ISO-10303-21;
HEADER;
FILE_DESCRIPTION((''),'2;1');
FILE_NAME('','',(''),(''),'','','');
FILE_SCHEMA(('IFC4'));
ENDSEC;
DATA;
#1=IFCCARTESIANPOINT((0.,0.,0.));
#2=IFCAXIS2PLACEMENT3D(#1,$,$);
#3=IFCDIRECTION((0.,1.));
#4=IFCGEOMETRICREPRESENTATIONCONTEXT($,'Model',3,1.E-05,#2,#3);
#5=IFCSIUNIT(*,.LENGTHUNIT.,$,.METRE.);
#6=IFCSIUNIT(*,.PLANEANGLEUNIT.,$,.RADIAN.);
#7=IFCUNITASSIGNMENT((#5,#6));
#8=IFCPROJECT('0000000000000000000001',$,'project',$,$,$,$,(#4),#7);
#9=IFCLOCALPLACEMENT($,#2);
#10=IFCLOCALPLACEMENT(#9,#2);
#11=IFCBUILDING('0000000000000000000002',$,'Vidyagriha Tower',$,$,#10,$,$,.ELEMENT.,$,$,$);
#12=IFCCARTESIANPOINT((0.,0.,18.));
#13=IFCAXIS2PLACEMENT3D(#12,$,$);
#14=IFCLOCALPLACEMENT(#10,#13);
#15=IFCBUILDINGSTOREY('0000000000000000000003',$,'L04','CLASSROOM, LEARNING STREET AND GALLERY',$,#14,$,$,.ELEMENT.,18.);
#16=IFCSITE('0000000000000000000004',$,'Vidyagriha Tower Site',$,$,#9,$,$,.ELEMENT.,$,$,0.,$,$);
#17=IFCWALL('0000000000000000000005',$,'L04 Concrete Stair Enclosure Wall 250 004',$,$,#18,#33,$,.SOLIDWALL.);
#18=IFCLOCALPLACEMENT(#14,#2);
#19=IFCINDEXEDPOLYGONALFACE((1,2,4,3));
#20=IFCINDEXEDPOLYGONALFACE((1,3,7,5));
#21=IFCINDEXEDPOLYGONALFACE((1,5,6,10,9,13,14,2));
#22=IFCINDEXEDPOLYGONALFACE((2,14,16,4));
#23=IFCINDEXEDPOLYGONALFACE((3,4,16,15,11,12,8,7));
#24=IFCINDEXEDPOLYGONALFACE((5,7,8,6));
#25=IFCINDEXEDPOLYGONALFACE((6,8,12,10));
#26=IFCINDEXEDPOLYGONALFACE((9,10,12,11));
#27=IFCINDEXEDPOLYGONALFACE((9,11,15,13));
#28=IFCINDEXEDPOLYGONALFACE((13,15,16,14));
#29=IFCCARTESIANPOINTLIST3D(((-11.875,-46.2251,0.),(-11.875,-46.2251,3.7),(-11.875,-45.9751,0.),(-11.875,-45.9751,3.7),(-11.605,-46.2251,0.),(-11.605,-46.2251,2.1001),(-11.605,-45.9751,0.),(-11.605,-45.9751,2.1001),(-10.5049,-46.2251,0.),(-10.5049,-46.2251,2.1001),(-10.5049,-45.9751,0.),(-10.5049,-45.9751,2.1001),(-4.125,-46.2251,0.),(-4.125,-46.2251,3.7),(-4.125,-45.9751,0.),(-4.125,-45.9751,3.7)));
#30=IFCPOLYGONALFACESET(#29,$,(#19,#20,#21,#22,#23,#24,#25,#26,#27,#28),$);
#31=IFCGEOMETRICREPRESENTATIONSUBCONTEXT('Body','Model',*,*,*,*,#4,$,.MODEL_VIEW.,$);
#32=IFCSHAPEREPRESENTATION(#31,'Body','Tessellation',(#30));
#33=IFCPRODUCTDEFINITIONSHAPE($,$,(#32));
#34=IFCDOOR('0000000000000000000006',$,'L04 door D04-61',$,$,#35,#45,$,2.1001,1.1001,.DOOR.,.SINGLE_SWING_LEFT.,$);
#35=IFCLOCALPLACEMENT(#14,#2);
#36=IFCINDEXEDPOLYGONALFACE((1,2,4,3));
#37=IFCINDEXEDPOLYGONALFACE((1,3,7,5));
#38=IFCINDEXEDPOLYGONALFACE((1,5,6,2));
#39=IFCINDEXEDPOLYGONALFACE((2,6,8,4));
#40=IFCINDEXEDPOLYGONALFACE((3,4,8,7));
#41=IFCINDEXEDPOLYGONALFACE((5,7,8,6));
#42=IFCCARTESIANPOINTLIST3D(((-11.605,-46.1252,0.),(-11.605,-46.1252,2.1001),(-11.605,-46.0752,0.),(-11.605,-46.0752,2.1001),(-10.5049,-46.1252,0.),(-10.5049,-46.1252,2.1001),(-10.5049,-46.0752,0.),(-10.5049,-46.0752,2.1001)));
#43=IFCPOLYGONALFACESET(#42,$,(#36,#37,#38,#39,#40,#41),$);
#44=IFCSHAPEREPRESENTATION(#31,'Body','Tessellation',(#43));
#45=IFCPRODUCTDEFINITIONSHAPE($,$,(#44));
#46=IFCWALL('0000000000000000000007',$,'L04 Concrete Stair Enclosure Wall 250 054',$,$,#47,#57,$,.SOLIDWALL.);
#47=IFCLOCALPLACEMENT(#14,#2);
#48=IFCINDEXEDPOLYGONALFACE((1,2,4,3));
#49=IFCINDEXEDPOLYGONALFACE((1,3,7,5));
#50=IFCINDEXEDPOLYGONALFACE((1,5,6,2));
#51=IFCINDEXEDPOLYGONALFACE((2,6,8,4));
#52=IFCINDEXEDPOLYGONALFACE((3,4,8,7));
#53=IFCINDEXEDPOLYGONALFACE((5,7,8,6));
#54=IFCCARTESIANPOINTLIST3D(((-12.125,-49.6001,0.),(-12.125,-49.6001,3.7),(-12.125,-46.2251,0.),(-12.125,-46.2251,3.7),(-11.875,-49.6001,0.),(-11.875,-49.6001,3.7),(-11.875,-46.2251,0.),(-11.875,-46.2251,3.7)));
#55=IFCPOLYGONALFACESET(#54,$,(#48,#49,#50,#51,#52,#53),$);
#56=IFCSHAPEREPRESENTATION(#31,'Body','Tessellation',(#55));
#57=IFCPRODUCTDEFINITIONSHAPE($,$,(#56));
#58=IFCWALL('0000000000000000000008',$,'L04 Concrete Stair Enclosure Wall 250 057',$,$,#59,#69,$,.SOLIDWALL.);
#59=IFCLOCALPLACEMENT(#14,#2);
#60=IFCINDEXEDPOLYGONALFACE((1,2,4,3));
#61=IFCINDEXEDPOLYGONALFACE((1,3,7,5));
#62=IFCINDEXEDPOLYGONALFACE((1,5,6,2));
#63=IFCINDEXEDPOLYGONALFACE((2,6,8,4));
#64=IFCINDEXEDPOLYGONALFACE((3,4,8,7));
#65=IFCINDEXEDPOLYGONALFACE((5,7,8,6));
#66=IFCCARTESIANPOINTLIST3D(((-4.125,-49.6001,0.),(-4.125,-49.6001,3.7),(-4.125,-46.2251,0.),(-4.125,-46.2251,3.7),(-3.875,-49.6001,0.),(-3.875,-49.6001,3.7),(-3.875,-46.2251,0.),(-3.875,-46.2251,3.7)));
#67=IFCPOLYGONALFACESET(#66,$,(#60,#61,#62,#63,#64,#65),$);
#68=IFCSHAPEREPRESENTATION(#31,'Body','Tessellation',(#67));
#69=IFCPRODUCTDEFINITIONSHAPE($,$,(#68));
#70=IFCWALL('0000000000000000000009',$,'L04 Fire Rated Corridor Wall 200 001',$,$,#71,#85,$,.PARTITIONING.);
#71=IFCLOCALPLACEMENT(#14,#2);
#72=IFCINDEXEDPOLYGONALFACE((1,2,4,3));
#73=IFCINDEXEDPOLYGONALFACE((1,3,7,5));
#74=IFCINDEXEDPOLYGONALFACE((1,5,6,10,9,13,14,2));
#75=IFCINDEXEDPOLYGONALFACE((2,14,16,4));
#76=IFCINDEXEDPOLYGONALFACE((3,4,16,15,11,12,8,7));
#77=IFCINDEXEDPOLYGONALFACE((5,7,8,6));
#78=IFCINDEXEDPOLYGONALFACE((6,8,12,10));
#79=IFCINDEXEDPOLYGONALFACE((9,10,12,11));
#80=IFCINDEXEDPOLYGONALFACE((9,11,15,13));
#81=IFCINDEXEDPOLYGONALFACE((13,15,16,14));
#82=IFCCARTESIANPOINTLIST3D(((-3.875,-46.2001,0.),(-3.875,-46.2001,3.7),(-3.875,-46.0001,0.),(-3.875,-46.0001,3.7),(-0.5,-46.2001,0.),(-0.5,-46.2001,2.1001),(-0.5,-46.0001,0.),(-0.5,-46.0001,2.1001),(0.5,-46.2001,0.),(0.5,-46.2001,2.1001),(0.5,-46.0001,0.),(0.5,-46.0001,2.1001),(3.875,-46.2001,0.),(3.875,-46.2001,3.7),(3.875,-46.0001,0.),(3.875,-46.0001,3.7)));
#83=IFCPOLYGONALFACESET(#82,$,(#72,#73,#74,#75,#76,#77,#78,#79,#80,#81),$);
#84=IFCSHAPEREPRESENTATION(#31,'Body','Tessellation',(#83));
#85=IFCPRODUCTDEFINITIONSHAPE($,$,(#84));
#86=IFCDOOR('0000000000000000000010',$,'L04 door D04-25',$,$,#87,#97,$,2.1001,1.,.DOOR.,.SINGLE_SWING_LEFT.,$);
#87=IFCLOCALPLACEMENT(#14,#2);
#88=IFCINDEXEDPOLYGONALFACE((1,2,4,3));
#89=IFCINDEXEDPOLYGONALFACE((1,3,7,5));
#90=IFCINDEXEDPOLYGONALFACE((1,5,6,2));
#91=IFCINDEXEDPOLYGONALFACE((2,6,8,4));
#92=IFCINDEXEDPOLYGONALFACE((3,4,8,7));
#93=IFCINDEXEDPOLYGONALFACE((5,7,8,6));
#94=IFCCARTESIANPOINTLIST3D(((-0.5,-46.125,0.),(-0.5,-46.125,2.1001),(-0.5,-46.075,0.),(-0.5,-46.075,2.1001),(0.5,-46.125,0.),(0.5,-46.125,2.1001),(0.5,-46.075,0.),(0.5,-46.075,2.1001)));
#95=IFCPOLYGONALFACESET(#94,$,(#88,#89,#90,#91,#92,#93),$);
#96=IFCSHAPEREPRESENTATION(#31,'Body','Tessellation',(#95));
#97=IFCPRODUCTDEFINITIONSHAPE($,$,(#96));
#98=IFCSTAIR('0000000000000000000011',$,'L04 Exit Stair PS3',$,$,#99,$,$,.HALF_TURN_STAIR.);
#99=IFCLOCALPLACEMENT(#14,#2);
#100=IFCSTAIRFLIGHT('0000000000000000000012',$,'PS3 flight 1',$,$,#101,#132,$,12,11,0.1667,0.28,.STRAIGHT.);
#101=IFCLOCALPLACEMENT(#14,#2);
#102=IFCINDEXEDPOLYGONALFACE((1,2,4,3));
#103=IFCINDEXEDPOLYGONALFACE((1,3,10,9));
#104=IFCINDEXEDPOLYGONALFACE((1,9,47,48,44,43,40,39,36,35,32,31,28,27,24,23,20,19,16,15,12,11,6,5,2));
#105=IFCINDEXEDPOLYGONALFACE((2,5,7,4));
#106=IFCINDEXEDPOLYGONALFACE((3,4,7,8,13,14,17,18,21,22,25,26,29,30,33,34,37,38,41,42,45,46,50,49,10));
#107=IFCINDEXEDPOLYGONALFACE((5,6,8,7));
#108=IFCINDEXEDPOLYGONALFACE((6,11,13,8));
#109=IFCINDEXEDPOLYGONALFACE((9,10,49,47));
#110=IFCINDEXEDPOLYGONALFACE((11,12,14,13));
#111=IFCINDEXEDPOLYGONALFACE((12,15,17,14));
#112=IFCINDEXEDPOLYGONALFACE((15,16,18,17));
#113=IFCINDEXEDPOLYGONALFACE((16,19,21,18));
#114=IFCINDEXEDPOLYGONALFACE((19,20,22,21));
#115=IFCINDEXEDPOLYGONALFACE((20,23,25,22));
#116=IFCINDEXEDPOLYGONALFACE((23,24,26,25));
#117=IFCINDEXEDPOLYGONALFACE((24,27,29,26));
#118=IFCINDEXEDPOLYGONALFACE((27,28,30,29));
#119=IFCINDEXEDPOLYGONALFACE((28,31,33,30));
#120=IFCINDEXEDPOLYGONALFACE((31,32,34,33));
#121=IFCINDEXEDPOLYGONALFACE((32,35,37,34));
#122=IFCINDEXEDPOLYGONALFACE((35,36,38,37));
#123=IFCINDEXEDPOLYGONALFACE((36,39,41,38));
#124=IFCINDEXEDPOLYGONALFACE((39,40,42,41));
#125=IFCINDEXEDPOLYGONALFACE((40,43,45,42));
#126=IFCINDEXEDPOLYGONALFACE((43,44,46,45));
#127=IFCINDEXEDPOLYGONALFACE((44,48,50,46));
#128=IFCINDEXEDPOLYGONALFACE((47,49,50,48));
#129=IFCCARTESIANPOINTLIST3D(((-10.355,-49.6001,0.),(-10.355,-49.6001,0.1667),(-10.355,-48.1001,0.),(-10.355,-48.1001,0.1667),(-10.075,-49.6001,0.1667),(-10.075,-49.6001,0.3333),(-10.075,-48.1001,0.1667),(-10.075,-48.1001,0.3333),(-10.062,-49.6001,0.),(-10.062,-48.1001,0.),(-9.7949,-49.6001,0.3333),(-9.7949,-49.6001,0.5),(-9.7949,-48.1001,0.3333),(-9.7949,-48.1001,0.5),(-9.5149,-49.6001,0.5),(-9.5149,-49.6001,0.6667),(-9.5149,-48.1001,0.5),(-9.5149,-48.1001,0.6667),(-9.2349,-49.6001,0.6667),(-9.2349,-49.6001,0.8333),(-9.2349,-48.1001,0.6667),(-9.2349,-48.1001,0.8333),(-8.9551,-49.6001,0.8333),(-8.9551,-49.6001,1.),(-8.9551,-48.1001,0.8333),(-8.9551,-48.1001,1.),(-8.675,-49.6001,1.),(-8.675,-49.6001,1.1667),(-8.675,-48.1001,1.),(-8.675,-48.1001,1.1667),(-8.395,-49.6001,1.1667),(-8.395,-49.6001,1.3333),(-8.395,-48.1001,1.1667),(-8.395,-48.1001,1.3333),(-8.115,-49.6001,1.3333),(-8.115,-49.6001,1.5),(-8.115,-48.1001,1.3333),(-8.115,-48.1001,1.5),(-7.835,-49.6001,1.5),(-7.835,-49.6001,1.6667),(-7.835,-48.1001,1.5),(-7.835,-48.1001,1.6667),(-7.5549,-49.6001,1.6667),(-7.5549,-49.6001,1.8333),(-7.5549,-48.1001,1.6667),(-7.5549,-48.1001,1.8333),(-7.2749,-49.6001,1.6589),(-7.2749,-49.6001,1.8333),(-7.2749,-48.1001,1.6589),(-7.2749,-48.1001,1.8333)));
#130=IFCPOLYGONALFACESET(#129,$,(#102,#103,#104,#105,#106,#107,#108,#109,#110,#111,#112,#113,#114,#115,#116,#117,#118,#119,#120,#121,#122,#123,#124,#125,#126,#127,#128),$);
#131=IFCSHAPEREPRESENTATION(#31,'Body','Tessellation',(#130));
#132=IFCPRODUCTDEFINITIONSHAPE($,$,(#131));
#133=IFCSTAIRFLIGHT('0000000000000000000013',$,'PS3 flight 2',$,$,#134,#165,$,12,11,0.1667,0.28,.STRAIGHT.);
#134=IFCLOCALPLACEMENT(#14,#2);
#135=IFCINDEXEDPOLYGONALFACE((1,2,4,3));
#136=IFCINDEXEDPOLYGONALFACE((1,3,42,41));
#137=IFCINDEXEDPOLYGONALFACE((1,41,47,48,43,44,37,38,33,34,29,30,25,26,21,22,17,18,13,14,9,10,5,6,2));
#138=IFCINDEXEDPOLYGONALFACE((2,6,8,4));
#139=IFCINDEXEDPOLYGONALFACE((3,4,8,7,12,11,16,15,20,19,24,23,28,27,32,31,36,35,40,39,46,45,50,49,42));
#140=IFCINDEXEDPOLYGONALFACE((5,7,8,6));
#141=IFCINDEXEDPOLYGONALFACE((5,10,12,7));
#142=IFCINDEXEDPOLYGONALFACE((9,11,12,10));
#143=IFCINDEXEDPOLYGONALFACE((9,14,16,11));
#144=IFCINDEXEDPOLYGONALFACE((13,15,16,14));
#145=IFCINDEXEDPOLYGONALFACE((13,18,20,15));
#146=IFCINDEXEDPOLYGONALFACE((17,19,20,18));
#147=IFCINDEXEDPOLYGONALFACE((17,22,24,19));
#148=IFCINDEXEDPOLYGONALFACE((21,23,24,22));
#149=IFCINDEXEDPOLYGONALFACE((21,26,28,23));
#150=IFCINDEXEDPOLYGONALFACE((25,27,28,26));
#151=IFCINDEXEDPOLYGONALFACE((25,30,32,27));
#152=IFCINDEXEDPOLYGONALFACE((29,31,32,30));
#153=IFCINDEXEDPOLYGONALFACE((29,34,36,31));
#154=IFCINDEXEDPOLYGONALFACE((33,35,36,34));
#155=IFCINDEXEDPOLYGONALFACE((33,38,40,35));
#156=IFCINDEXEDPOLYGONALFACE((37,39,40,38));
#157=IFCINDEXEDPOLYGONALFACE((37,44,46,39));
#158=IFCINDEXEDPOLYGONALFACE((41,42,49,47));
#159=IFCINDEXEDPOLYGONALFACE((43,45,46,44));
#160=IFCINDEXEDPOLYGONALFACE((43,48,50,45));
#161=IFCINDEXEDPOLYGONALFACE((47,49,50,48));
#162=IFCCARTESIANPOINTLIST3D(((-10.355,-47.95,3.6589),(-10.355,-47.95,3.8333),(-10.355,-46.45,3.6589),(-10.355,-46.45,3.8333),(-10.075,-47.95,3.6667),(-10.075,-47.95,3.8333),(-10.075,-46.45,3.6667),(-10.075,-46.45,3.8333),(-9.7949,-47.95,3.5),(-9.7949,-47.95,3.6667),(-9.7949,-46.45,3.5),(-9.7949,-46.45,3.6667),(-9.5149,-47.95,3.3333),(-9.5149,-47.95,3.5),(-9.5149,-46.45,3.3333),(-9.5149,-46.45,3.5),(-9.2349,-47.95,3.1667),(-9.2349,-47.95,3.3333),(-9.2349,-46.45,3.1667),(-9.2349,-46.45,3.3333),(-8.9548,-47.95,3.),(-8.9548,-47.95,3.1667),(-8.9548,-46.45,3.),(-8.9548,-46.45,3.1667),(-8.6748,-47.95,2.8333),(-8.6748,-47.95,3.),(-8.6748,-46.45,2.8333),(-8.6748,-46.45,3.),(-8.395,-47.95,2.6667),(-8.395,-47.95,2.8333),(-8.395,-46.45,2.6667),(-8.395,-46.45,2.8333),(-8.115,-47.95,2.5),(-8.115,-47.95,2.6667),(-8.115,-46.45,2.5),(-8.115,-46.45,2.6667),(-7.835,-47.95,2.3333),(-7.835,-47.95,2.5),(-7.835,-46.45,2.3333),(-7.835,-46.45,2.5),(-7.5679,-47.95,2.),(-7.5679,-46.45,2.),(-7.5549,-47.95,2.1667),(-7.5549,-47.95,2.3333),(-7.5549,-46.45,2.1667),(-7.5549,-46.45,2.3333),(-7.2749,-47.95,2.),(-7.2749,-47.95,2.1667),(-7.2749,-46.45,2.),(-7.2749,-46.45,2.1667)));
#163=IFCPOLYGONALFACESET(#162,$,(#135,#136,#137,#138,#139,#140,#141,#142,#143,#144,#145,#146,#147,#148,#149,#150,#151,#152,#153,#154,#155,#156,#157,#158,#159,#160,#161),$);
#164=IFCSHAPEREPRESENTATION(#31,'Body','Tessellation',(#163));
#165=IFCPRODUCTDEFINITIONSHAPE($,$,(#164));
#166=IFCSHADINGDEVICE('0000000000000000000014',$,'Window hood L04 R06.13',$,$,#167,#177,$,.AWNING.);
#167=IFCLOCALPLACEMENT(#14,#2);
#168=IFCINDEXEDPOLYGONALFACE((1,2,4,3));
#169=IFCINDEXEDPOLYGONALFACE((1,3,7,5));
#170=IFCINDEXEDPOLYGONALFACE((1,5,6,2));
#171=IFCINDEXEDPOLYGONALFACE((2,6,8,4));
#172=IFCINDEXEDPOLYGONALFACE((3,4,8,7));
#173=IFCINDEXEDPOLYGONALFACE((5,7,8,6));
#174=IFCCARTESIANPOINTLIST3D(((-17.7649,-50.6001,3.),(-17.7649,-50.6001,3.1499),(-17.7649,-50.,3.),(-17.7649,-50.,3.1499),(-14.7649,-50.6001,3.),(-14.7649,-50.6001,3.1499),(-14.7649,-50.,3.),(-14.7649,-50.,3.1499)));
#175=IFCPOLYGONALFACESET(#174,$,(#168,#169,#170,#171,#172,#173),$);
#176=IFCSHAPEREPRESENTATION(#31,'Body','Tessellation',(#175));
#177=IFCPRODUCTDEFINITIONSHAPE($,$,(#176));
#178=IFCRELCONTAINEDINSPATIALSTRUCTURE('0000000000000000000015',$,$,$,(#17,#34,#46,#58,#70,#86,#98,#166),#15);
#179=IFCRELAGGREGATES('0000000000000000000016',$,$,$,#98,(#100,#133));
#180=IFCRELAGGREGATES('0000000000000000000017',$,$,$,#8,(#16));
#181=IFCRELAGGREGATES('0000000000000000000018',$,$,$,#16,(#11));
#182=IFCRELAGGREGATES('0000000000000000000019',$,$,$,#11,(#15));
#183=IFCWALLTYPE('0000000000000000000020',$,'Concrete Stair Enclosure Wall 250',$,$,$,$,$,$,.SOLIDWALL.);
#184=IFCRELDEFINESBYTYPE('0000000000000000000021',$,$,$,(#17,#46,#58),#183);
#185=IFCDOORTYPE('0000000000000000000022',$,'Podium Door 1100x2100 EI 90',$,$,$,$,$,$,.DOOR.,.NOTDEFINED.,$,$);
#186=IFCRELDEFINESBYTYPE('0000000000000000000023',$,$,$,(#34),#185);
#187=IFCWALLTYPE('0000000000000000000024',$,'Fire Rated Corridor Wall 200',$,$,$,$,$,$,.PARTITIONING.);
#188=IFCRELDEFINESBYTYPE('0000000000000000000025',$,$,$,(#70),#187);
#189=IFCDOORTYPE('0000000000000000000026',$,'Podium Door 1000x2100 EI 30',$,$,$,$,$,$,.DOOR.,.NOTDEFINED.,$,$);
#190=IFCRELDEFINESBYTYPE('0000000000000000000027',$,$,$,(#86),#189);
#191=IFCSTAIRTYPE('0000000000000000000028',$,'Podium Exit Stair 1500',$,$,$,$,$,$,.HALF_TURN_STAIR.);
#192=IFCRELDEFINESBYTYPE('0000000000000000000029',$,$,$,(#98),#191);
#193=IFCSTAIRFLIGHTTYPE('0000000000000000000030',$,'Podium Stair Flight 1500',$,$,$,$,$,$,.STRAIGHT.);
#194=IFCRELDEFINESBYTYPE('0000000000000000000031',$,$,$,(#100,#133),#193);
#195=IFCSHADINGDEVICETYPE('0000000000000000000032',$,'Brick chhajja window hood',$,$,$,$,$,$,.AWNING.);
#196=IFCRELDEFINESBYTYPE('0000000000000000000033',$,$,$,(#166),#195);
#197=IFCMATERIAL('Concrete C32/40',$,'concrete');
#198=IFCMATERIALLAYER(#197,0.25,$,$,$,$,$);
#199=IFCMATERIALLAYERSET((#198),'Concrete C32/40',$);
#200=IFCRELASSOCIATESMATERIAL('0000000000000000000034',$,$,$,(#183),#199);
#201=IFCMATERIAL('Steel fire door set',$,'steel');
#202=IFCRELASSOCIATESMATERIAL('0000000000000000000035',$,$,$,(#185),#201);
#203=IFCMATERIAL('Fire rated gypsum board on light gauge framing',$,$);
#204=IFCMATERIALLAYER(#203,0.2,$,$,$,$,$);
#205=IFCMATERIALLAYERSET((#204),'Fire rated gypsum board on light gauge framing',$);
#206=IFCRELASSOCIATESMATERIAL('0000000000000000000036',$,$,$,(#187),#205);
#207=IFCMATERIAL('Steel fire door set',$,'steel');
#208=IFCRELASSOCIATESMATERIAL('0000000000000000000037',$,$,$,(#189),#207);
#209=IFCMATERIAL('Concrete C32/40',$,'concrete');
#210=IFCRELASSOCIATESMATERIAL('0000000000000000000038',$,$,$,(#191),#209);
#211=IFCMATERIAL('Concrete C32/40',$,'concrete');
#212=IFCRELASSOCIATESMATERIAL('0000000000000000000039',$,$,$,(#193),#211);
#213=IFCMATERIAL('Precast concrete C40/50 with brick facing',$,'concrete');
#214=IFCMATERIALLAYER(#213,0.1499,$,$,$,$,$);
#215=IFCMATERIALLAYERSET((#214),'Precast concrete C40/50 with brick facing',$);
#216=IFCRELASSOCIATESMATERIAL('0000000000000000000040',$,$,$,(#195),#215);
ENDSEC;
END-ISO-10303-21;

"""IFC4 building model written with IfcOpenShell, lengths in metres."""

from ifc_helpers import new_model, si_unit, direction, frame, frame_2d, origin, origin_2d, place, context, subcontext, project, spatial, polyline, rectangle, outline, extrude, material, layer, layer_set, type_object, element, fill, aggregate, save


model = new_model("IFC4")

# Units and contexts
model_context = context("Model", 3, precision=1e-05, world=origin(), true_north=direction((0.0, 1.0)))
body_context = subcontext(model_context, "Body", "Model", "MODEL_VIEW")
ifc_project = project(units=[si_unit("LENGTHUNIT", "METRE"), si_unit("PLANEANGLEUNIT", "RADIAN")], contexts=[model_context])

# Site, building, storey
site_placement = place(None, origin())
site = spatial("IfcSite", under=ifc_project, at=site_placement, Name="Vidyagriha Tower Site", CompositionType="ELEMENT", RefElevation=0.0)
building_placement = place(site_placement, origin())
building = spatial("IfcBuilding", under=site, at=building_placement, Name="Vidyagriha Tower", CompositionType="ELEMENT")
storey_placement = place(building_placement, frame((0.0, 0.0, 18.0)))
storey = spatial("IfcBuildingStorey", under=building, at=storey_placement, Name="L04", Description="CLASSROOM, LEARNING STREET AND GALLERY", CompositionType="ELEMENT", Elevation=18.0)

# Wall, opening, door
ifc_material_1 = material(Name="Concrete C32/40", Category="concrete")
ifc_layer_1 = layer(ifc_material_1, 0.25)
ifc_layer_set_1 = layer_set([ifc_layer_1], Name="Concrete C32/40")
wall_type_1 = type_object("IfcWallType", Name="Concrete Stair Enclosure Wall 250", PredefinedType="SOLIDWALL", material=ifc_layer_set_1)
wall_1_placement = place(storey_placement, frame((-11.875, -46.1001, 0.0)))
wall_1 = element("IfcWall", 1, at=wall_1_placement, inside=storey, type_object=wall_type_1, Name="L04 Concrete Stair Enclosure Wall 250 004", PredefinedType="SOLIDWALL", context=body_context, shape_type="SweptSolid", body=[
    extrude(rectangle(XDim=7.75, YDim=0.25, at=frame_2d((3.875, 0.0))), origin(), (0.0, 0.0, 1.0), 3.7),
])
opening_1_placement = place(wall_1_placement, frame((0.27, 0.0, 0.0)))
opening_1 = element("IfcOpeningElement", 2, at=opening_1_placement, cuts=wall_1, PredefinedType="OPENING", context=body_context, shape_type="SweptSolid", body=[
    extrude(rectangle(XDim=1.1001, YDim=2.1001, at=frame_2d((0.55, 1.05))), frame((0.0, 0.135, 0.0), z_axis=(0.0, -1.0, 0.0), x_axis=(1.0, 0.0, 0.0)), (0.0, 0.0, 1.0), 0.27),
])
ifc_material_2 = material(Name="Steel fire door set", Category="steel")
door_type_1 = type_object("IfcDoorType", Name="Podium Door 1100x2100 EI 90", OperationType="NOTDEFINED", PredefinedType="DOOR", material=ifc_material_2)
door_1_placement = place(opening_1_placement, origin())
door_1 = element("IfcDoor", 3, at=door_1_placement, inside=storey, type_object=door_type_1, Name="L04 door D04-61", OperationType="SINGLE_SWING_LEFT", OverallHeight=2.1001, OverallWidth=1.1001, PredefinedType="DOOR", context=body_context, shape_type="SweptSolid", body=[
    extrude(rectangle(XDim=1.1001, YDim=2.1001, at=frame_2d((0.55, 1.05))), frame((0.0, 0.0249, 0.0), z_axis=(0.0, -1.0, 0.0), x_axis=(1.0, 0.0, 0.0)), (0.0, 0.0, 1.0), 0.05),
])
fill(opening_1, door_1)

# Walls
for number, where, z_axis, x_axis, name in (
    (4, (-12.0, -49.6001, 0.0), (0.0, 0.0, 1.0), (0.0, 1.0, 0.0), "L04 Concrete Stair Enclosure Wall 250 054"),
    (5, (-4.0, -49.6001, 0.0), (0.0, 0.0, 1.0), (0.0, 1.0, 0.0), "L04 Concrete Stair Enclosure Wall 250 057"),
):
    element("IfcWall", number, at=place(storey_placement, frame(where, z_axis=z_axis, x_axis=x_axis)), inside=storey, type_object=wall_type_1, Name=name, PredefinedType="SOLIDWALL", context=body_context, shape_type="SweptSolid", body=[
        extrude(rectangle(XDim=3.375, YDim=0.25, at=frame_2d((1.6875, 0.0))), origin(), (0.0, 0.0, 1.0), 3.7),
    ])

# Wall, opening, door
ifc_material_3 = material(Name="Fire rated gypsum board on light gauge framing")
ifc_layer_2 = layer(ifc_material_3, 0.2)
ifc_layer_set_2 = layer_set([ifc_layer_2], Name="Fire rated gypsum board on light gauge framing")
wall_type_2 = type_object("IfcWallType", Name="Fire Rated Corridor Wall 200", PredefinedType="PARTITIONING", material=ifc_layer_set_2)
wall_2_placement = place(storey_placement, frame((-3.875, -46.1001, 0.0)))
wall_2 = element("IfcWall", 6, at=wall_2_placement, inside=storey, type_object=wall_type_2, Name="L04 Fire Rated Corridor Wall 200 001", PredefinedType="PARTITIONING", context=body_context, shape_type="SweptSolid", body=[
    extrude(rectangle(XDim=7.75, YDim=0.2, at=frame_2d((3.875, 0.0))), origin(), (0.0, 0.0, 1.0), 3.7),
])
opening_2_placement = place(wall_2_placement, frame((3.375, 0.0, 0.0)))
opening_2 = element("IfcOpeningElement", 7, at=opening_2_placement, cuts=wall_2, PredefinedType="OPENING", context=body_context, shape_type="SweptSolid", body=[
    extrude(rectangle(XDim=1.0, YDim=2.1001, at=frame_2d((0.5, 1.05))), frame((0.0, 0.1099, 0.0), z_axis=(0.0, -1.0, 0.0), x_axis=(1.0, 0.0, 0.0)), (0.0, 0.0, 1.0), 0.22),
])
ifc_material_4 = material(Name="Steel fire door set", Category="steel")
door_type_2 = type_object("IfcDoorType", Name="Podium Door 1000x2100 EI 30", OperationType="NOTDEFINED", PredefinedType="DOOR", material=ifc_material_4)
door_2_placement = place(opening_2_placement, frame((1.0, 0.0, 0.0), z_axis=(0.0, 0.0, 1.0), x_axis=(-1.0, 0.0, 0.0)))
door_2 = element("IfcDoor", 8, at=door_2_placement, inside=storey, type_object=door_type_2, Name="L04 door D04-25", OperationType="SINGLE_SWING_LEFT", OverallHeight=2.1001, OverallWidth=1.0, PredefinedType="DOOR", context=body_context, shape_type="SweptSolid", body=[
    extrude(rectangle(XDim=1.0, YDim=2.1001, at=frame_2d((0.5, 1.05))), frame((0.0, 0.0249, 0.0), z_axis=(0.0, -1.0, 0.0), x_axis=(1.0, 0.0, 0.0)), (0.0, 0.0, 1.0), 0.05),
])
fill(opening_2, door_2)

# Stair, stair flights
ifc_material_5 = material(Name="Concrete C32/40", Category="concrete")
stair_type = type_object("IfcStairType", Name="Podium Exit Stair 1500", PredefinedType="HALF_TURN_STAIR", material=ifc_material_5)
stair_placement = place(storey_placement, origin())
stair = element("IfcStair", 9, at=stair_placement, inside=storey, type_object=stair_type, Name="L04 Exit Stair PS3", PredefinedType="HALF_TURN_STAIR")
ifc_material_6 = material(Name="Concrete C32/40", Category="concrete")
stair_flight_type = type_object("IfcStairFlightType", Name="Podium Stair Flight 1500", PredefinedType="STRAIGHT", material=ifc_material_6)
stair_flight_1_placement = place(storey_placement, frame((-10.355, -48.8501, 0.0)))
stair_flight_1 = element("IfcStairFlight", 10, at=stair_flight_1_placement, type_object=stair_flight_type, Name="PS3 flight 1", NumberOfRisers=12, NumberOfTreads=11, PredefinedType="STRAIGHT", RiserHeight=0.1667, TreadLength=0.28, context=body_context, shape_type="SweptSolid", body=[
    extrude(outline(polyline([(0.0, 0.0), (0.0, 0.1667), (0.28, 0.1667), (0.28, 0.3333), (0.5601, 0.3333), (0.5601, 0.5), (0.8401, 0.5), (0.8401, 0.6667), (1.1201, 0.6667), (1.1201, 0.8333), (1.3999, 0.8333), (1.3999, 1.0), (1.6799, 1.0), (1.6799, 1.1667), (1.96, 1.1667), (1.96, 1.3333), (2.24, 1.3333), (2.24, 1.5), (2.52, 1.5), (2.52, 1.6667), (2.8, 1.6667), (2.8, 1.8333), (3.0801, 1.8333), (3.0801, 2.0), (3.0801, 1.6589), (0.293, 0.0), (0.0, 0.0)])), frame((0.0, 0.75, 0.0), z_axis=(0.0, -1.0, 0.0), x_axis=(1.0, 0.0, 0.0)), (0.0, 0.0, 1.0), 1.5),
])
stair_flight_2_placement = place(storey_placement, frame((-7.2749, -47.2, 2.0), z_axis=(0.0, 0.0, 1.0), x_axis=(-1.0, 0.0, 0.0)))
stair_flight_2 = element("IfcStairFlight", 11, at=stair_flight_2_placement, type_object=stair_flight_type, Name="PS3 flight 2", NumberOfRisers=12, NumberOfTreads=11, PredefinedType="STRAIGHT", RiserHeight=0.1667, TreadLength=0.28, context=body_context, shape_type="SweptSolid", body=[
    extrude(outline(polyline([(0.0, 0.0), (0.0, 0.1667), (0.28, 0.1667), (0.28, 0.3333), (0.5601, 0.3333), (0.5601, 0.5), (0.8401, 0.5), (0.8401, 0.6667), (1.1201, 0.6667), (1.1201, 0.8333), (1.3999, 0.8333), (1.3999, 1.0), (1.6799, 1.0), (1.6799, 1.1667), (1.96, 1.1667), (1.96, 1.3333), (2.24, 1.3333), (2.24, 1.5), (2.52, 1.5), (2.52, 1.6667), (2.8, 1.6667), (2.8, 1.8333), (3.0801, 1.8333), (3.0801, 2.0), (3.0801, 1.6589), (0.293, 0.0), (0.0, 0.0)])), frame((0.0, 0.75, 0.0), z_axis=(0.0, -1.0, 0.0), x_axis=(1.0, 0.0, 0.0)), (0.0, 0.0, 1.0), 1.5),
])
aggregate(stair, [stair_flight_1, stair_flight_2])

# Shading device
ifc_material_7 = material(Name="Precast concrete C40/50 with brick facing", Category="concrete")
ifc_layer_3 = layer(ifc_material_7, 0.1499)
ifc_layer_set_3 = layer_set([ifc_layer_3], Name="Precast concrete C40/50 with brick facing")
shading_device_type_1 = type_object("IfcShadingDeviceType", Name="Brick chhajja window hood", PredefinedType="AWNING", material=ifc_layer_set_3)
shading_device_1_placement = place(storey_placement, frame((-16.2649, -50.3, 3.0)))
element("IfcShadingDevice", 12, at=shading_device_1_placement, inside=storey, type_object=shading_device_type_1, Name="Window hood L04 R06.13", PredefinedType="AWNING", context=body_context, shape_type="SweptSolid", body=[
    extrude(rectangle(XDim=3.0, YDim=0.6001, at=origin_2d()), origin(), (0.0, 0.0, 1.0), 0.1499),
])

save(model, "model.ifc")
